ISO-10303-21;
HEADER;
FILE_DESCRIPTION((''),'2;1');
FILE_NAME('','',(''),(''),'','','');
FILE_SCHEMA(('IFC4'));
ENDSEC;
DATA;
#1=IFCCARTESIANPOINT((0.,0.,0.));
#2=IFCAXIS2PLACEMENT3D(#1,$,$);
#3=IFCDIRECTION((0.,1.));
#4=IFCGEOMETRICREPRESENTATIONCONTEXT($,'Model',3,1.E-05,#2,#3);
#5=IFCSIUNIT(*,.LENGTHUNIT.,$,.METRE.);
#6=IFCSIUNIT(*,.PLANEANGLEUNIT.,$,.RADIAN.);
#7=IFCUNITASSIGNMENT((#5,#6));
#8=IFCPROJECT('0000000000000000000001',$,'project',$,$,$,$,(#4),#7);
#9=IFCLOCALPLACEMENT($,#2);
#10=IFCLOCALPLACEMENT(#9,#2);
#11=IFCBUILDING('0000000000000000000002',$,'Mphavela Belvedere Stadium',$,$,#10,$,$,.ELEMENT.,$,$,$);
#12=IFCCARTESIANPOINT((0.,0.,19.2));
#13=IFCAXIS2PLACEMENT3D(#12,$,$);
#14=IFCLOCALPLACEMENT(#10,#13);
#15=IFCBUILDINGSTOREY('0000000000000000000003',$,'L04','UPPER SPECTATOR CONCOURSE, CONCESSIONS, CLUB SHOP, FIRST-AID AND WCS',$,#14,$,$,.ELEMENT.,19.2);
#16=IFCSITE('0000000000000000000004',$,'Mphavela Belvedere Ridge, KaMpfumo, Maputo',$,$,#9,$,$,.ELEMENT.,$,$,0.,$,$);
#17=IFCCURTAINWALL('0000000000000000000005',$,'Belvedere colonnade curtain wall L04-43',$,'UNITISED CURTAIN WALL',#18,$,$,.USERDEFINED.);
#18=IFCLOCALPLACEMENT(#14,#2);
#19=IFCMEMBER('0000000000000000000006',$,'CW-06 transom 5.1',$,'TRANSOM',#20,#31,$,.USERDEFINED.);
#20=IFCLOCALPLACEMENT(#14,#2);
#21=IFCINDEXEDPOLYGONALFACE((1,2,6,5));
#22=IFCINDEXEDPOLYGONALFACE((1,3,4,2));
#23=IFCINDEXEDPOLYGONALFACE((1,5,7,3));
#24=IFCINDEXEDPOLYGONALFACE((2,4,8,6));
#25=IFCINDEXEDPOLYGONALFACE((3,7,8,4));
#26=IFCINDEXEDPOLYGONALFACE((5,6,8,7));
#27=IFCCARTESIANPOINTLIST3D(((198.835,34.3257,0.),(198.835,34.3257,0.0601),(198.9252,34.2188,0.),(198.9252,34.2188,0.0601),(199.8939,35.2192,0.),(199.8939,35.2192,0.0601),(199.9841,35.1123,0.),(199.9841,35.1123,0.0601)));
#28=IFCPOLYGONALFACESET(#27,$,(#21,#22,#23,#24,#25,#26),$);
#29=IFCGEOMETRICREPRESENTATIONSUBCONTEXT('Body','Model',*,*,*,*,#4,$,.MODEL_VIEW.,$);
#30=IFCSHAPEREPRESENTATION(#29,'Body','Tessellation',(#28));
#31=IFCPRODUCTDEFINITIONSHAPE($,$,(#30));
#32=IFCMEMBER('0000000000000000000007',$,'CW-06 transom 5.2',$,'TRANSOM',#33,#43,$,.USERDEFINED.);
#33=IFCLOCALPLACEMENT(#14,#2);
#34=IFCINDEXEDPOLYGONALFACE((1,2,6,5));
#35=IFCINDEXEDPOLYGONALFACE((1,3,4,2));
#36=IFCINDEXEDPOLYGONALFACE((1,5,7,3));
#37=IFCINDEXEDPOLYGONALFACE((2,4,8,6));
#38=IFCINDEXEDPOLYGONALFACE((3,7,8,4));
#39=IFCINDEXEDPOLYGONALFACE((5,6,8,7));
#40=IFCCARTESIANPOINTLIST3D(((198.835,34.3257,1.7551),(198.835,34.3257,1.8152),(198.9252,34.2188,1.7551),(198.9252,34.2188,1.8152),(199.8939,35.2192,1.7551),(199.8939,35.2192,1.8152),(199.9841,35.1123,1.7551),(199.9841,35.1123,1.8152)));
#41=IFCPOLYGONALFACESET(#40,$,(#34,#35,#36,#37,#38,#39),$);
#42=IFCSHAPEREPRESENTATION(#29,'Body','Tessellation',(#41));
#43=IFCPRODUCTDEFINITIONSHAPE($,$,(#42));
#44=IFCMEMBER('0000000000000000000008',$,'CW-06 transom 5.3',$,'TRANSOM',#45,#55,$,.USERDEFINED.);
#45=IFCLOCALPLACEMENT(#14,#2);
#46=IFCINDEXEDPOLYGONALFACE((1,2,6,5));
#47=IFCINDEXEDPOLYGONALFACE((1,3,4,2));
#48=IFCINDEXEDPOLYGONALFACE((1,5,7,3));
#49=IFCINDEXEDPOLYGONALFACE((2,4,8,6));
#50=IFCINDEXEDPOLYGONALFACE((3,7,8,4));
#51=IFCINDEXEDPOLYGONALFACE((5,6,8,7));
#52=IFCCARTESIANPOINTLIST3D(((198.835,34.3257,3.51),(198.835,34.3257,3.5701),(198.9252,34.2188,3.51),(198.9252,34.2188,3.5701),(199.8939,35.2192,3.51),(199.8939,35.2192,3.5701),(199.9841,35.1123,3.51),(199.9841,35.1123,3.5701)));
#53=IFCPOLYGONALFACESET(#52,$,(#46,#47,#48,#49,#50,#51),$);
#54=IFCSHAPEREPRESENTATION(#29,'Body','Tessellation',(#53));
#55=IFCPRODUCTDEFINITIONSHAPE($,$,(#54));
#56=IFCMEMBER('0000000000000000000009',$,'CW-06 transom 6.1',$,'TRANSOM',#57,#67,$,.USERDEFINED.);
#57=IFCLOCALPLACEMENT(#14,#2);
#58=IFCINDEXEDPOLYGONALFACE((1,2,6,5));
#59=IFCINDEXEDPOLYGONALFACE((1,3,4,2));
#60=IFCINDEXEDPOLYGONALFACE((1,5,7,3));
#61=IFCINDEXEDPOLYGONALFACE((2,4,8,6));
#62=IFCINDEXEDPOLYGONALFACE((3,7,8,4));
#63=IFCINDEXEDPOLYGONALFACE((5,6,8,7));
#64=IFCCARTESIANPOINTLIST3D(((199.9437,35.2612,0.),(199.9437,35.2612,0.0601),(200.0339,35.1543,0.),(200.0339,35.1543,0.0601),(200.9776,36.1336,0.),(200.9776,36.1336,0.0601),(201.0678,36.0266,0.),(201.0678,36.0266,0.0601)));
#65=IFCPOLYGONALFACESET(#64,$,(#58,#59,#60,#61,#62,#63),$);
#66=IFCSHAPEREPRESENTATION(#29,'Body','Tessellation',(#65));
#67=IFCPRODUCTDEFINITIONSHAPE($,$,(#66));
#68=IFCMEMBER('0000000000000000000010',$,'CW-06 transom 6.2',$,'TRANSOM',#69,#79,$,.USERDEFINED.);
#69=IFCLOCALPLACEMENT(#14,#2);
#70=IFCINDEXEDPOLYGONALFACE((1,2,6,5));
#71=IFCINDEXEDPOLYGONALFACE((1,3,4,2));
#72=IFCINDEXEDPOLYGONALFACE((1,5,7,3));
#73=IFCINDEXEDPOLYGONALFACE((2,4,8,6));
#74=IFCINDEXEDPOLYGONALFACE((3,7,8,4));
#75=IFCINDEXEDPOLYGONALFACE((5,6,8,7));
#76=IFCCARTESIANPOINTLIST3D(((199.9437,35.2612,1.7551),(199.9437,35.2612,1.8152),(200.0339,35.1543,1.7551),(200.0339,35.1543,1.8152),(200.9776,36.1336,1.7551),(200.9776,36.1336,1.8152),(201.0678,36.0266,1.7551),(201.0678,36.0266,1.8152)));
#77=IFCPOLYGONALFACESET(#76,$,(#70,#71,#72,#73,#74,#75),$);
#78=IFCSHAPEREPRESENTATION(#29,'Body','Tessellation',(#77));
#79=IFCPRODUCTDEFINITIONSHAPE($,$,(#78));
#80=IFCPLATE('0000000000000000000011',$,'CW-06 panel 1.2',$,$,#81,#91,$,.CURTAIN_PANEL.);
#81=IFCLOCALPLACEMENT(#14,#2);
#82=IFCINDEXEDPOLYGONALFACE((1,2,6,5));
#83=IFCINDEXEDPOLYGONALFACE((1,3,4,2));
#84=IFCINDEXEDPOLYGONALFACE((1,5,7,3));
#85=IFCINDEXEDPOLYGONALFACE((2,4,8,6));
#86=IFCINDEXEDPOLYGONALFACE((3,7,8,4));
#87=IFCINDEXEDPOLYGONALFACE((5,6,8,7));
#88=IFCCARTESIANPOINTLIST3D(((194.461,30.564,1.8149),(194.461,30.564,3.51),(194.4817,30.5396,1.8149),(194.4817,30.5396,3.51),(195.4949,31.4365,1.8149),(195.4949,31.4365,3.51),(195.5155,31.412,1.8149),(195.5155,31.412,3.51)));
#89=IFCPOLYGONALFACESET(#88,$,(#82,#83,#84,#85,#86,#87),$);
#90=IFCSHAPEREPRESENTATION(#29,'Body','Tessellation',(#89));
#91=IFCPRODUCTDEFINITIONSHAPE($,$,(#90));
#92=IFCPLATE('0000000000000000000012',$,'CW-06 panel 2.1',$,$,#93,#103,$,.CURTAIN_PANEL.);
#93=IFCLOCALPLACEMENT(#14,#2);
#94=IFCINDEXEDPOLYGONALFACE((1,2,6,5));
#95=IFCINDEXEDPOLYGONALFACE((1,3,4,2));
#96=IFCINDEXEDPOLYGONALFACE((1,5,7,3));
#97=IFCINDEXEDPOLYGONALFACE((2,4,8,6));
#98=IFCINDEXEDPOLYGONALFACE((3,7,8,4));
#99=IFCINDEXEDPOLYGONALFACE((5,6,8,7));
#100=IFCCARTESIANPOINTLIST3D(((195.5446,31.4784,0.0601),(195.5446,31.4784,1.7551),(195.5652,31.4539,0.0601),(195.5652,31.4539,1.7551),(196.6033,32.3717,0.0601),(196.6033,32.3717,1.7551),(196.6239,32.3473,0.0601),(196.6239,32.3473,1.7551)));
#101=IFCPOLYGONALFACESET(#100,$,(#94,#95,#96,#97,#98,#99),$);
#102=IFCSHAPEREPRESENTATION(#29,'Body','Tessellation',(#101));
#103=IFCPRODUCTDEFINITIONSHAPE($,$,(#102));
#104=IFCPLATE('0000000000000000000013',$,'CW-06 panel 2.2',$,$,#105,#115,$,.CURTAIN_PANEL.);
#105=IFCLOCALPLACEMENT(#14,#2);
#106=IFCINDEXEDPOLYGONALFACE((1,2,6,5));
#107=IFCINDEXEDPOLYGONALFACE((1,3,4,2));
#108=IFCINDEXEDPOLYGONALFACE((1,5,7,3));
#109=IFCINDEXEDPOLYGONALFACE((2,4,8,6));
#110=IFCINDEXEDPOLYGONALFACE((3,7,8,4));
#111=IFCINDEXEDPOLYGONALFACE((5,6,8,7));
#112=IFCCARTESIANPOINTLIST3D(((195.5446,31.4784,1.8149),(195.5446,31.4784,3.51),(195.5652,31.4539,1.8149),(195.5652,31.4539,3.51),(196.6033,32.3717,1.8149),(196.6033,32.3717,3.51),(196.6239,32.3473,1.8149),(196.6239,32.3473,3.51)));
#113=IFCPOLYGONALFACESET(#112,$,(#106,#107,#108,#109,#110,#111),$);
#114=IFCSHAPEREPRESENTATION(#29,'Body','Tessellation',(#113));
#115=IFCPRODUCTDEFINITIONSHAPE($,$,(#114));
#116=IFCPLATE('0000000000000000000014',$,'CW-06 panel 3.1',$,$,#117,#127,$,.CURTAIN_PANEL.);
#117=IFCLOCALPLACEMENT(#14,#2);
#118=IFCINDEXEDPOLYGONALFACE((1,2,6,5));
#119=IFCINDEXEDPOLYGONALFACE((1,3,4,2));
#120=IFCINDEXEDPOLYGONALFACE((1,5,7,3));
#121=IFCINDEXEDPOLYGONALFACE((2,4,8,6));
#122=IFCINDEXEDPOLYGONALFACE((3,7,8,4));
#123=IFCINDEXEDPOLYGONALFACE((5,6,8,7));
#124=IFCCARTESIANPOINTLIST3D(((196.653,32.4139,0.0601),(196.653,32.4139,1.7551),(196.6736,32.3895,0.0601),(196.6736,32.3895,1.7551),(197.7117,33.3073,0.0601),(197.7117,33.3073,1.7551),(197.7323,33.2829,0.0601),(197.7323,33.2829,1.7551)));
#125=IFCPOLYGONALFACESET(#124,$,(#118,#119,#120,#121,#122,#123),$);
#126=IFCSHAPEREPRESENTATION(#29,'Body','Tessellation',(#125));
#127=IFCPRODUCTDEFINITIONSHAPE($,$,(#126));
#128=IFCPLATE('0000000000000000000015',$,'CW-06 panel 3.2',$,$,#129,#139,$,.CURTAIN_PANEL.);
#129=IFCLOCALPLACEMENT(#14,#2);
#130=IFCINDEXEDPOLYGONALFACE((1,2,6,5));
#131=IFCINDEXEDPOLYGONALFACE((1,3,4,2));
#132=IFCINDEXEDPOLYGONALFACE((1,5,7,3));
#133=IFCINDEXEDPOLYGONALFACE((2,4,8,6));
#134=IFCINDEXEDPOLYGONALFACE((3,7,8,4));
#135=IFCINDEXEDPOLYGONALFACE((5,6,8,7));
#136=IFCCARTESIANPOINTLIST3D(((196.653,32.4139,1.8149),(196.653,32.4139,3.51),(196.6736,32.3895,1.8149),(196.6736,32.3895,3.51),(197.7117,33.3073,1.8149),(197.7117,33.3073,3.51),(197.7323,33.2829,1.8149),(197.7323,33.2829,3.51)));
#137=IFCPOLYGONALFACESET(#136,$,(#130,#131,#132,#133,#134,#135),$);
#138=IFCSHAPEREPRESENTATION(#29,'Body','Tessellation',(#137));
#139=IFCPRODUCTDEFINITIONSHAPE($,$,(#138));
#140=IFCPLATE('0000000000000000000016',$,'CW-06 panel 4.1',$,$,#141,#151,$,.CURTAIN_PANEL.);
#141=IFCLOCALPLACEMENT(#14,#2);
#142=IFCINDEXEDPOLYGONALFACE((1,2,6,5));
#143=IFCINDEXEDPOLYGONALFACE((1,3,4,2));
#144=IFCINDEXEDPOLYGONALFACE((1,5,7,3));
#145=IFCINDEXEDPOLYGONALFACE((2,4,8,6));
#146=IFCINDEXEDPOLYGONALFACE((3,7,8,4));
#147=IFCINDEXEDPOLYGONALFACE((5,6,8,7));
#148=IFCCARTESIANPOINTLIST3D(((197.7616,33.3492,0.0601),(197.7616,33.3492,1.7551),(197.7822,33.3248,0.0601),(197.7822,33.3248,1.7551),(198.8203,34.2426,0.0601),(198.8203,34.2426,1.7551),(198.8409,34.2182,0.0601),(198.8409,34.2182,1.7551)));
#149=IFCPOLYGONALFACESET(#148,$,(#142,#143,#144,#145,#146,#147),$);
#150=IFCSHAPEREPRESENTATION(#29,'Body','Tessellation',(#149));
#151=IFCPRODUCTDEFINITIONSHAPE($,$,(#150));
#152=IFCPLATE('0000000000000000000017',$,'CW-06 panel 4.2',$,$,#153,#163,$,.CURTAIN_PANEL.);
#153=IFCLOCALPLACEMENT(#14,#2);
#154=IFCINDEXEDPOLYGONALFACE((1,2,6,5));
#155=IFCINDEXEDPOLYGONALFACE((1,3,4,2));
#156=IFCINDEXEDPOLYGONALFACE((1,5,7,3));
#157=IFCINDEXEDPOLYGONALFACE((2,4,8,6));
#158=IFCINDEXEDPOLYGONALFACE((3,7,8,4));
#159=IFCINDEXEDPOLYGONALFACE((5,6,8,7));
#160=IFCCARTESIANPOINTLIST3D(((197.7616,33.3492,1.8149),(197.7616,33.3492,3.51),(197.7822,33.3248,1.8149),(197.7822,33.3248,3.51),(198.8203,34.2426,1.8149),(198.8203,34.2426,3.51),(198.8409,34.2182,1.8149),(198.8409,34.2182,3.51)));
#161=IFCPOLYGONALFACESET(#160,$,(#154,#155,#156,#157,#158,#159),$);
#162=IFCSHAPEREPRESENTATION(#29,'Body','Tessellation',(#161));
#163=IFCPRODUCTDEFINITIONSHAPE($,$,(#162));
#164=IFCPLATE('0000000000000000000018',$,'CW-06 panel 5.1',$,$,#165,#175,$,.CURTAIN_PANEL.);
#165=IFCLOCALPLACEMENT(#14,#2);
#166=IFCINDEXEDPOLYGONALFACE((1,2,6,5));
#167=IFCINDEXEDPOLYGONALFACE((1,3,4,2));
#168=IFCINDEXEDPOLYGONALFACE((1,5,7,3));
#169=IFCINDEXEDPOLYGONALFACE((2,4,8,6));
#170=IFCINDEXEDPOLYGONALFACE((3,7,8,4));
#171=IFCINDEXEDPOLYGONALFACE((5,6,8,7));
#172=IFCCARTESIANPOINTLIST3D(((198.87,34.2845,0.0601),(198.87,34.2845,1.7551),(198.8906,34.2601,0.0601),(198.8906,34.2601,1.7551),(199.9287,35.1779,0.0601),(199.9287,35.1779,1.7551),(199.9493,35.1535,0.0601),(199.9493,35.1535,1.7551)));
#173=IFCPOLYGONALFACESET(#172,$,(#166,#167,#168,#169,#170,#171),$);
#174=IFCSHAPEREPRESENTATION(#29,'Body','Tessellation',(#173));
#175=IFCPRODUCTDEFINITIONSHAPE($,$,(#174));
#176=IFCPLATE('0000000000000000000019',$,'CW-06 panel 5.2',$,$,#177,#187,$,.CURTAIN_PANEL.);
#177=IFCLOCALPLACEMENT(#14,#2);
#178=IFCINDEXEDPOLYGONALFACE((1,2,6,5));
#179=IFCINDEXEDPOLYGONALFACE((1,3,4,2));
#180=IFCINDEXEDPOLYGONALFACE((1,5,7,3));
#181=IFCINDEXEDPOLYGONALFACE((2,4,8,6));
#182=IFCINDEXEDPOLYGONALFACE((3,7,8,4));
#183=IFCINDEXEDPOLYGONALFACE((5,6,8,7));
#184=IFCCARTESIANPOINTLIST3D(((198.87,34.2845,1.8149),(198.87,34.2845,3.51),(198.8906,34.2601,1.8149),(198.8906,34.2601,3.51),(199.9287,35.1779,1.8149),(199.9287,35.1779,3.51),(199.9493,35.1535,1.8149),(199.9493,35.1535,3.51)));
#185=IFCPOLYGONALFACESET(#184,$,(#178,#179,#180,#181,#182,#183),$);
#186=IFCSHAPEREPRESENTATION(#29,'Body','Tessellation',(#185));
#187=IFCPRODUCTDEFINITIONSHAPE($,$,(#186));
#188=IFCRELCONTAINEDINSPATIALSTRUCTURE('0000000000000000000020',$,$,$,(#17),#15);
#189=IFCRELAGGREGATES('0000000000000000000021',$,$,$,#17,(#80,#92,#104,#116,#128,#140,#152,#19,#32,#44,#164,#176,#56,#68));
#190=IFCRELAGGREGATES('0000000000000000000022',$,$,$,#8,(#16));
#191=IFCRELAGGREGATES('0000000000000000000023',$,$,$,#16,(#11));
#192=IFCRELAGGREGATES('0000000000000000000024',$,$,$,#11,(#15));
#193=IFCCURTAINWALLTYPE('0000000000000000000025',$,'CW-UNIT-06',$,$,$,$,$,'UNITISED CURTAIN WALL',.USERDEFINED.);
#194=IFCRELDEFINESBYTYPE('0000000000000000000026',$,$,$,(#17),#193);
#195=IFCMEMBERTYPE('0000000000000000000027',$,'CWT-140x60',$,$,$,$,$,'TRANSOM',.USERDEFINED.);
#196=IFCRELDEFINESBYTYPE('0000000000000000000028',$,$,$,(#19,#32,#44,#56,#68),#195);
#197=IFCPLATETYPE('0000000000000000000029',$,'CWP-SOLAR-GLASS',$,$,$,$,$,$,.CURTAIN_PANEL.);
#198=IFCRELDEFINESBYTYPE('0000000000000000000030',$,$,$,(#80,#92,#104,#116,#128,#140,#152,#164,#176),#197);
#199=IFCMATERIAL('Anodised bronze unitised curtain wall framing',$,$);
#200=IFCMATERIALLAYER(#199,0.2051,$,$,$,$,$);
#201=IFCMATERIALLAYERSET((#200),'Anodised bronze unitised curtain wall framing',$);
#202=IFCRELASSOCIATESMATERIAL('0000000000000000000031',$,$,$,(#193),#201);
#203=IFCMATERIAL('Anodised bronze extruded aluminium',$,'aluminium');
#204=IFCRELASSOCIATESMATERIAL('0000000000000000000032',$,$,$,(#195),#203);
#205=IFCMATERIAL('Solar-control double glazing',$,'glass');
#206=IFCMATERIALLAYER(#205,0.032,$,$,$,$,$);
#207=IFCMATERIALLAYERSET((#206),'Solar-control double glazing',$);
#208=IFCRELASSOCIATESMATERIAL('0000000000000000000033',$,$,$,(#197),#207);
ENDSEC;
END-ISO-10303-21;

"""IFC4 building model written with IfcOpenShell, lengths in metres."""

from ifc_helpers import new_model, si_unit, direction, frame, origin, origin_2d, place, context, subcontext, project, spatial, rectangle, extrude, material, layer, layer_set, material_profile, profile_set, type_object, element, aggregate, save


model = new_model("IFC4")

# Units and contexts
model_context = context("Model", 3, precision=1e-05, world=origin(), true_north=direction((0.0, 1.0)))
body_context = subcontext(model_context, "Body", "Model", "MODEL_VIEW")
ifc_project = project(units=[si_unit("LENGTHUNIT", "METRE"), si_unit("PLANEANGLEUNIT", "RADIAN")], contexts=[model_context])

# Site, building, storey
site_placement = place(None, origin())
site = spatial("IfcSite", under=ifc_project, at=site_placement, Name="Mphavela Belvedere Ridge, KaMpfumo, Maputo", CompositionType="ELEMENT", RefElevation=0.0)
building_placement = place(site_placement, origin())
building = spatial("IfcBuilding", under=site, at=building_placement, Name="Mphavela Belvedere Stadium", CompositionType="ELEMENT")
storey_placement = place(building_placement, frame((0.0, 0.0, 19.2)))
storey = spatial("IfcBuildingStorey", under=building, at=storey_placement, Name="L04", Description="UPPER SPECTATOR CONCOURSE, CONCESSIONS, CLUB SHOP, FIRST-AID AND WCS", CompositionType="ELEMENT", Elevation=19.2)

# Curtain wall, members, plates
ifc_material_1 = material(Name="Anodised bronze unitised curtain wall framing")
ifc_layer_1 = layer(ifc_material_1, 0.2051)
ifc_layer_set_1 = layer_set([ifc_layer_1], Name="Anodised bronze unitised curtain wall framing")
curtain_wall_type = type_object("IfcCurtainWallType", Name="CW-UNIT-06", ElementType="UNITISED CURTAIN WALL", PredefinedType="USERDEFINED", material=ifc_layer_set_1)
curtain_wall_placement = place(storey_placement, origin())
curtain_wall = element("IfcCurtainWall", 1, at=curtain_wall_placement, inside=storey, type_object=curtain_wall_type, Name="Belvedere colonnade curtain wall L04-43", ObjectType="UNITISED CURTAIN WALL", PredefinedType="USERDEFINED")
ifc_material_2 = material(Name="Anodised bronze extruded aluminium", Category="aluminium")
ifc_material_profile_1 = material_profile(ifc_material_2, rectangle(XDim=0.1399, YDim=0.0601, at=origin_2d()), Name="CW-TRN 140x60")
ifc_profile_set_1 = profile_set([ifc_material_profile_1], Name="Anodised bronze extruded aluminium")
member_type_1 = type_object("IfcMemberType", Name="CWT-140x60", ElementType="TRANSOM", PredefinedType="USERDEFINED", material=ifc_profile_set_1)
member_1_placement = place(storey_placement, frame((198.8801, 34.2722, 0.03), z_axis=(0.764234, 0.644938, 0.0), x_axis=(-0.644938, 0.764234, 0.0)))
member_1 = element("IfcMember", 2, at=member_1_placement, type_object=member_type_1, Name="CW-06 transom 5.1", ObjectType="TRANSOM", PredefinedType="USERDEFINED", context=body_context, shape_type="SweptSolid", body=[
    extrude(rectangle(XDim=0.1399, YDim=0.0601, at=origin_2d()), origin(), (0.0, 0.0, 1.0), 1.3855),
])
member_2_placement = place(storey_placement, frame((198.8801, 34.2722, 1.7852), z_axis=(0.764234, 0.644938, 0.0), x_axis=(-0.644938, 0.764234, 0.0)))
member_2 = element("IfcMember", 3, at=member_2_placement, type_object=member_type_1, Name="CW-06 transom 5.2", ObjectType="TRANSOM", PredefinedType="USERDEFINED", context=body_context, shape_type="SweptSolid", body=[
    extrude(rectangle(XDim=0.1399, YDim=0.0601, at=origin_2d()), origin(), (0.0, 0.0, 1.0), 1.3855),
])
member_3_placement = place(storey_placement, frame((198.8801, 34.2722, 3.54), z_axis=(0.764234, 0.644938, 0.0), x_axis=(-0.644938, 0.764234, 0.0)))
member_3 = element("IfcMember", 4, at=member_3_placement, type_object=member_type_1, Name="CW-06 transom 5.3", ObjectType="TRANSOM", PredefinedType="USERDEFINED", context=body_context, shape_type="SweptSolid", body=[
    extrude(rectangle(XDim=0.1399, YDim=0.0601, at=origin_2d()), origin(), (0.0, 0.0, 1.0), 1.3855),
])
member_4_placement = place(storey_placement, frame((199.9888, 35.2078, 0.03), z_axis=(0.764317, 0.644841, 0.0), x_axis=(-0.644841, 0.764317, 0.0)))
member_4 = element("IfcMember", 5, at=member_4_placement, type_object=member_type_1, Name="CW-06 transom 6.1", ObjectType="TRANSOM", PredefinedType="USERDEFINED", context=body_context, shape_type="SweptSolid", body=[
    extrude(rectangle(XDim=0.1399, YDim=0.0601, at=origin_2d()), origin(), (0.0, 0.0, 1.0), 1.3528),
])
member_5_placement = place(storey_placement, frame((199.9888, 35.2078, 1.7852), z_axis=(0.764317, 0.644841, 0.0), x_axis=(-0.644841, 0.764317, 0.0)))
member_5 = element("IfcMember", 6, at=member_5_placement, type_object=member_type_1, Name="CW-06 transom 6.2", ObjectType="TRANSOM", PredefinedType="USERDEFINED", context=body_context, shape_type="SweptSolid", body=[
    extrude(rectangle(XDim=0.1399, YDim=0.0601, at=origin_2d()), origin(), (0.0, 0.0, 1.0), 1.3528),
])
ifc_material_3 = material(Name="Solar-control double glazing", Category="glass")
ifc_layer_2 = layer(ifc_material_3, 0.032)
ifc_layer_set_2 = layer_set([ifc_layer_2], Name="Solar-control double glazing")
plate_type = type_object("IfcPlateType", Name="CWP-SOLAR-GLASS", PredefinedType="CURTAIN_PANEL", material=ifc_layer_set_2)
plate_1_placement = place(storey_placement, frame((194.9883, 30.988, 1.8149), z_axis=(0.0, 0.0, 1.0), x_axis=(0.764253, 0.644916, 0.0)))
plate_1 = element("IfcPlate", 7, at=plate_1_placement, type_object=plate_type, Name="CW-06 panel 1.2", PredefinedType="CURTAIN_PANEL", context=body_context, shape_type="SweptSolid", body=[
    extrude(rectangle(XDim=1.3528, YDim=0.032, at=origin_2d()), origin(), (0.0, 0.0, 1.0), 1.6951),
])
plate_2_placement = place(storey_placement, frame((196.0842, 31.9128, 0.0601), z_axis=(0.0, 0.0, 1.0), x_axis=(0.764253, 0.644916, 0.0)))
plate_2 = element("IfcPlate", 8, at=plate_2_placement, type_object=plate_type, Name="CW-06 panel 2.1", PredefinedType="CURTAIN_PANEL", context=body_context, shape_type="SweptSolid", body=[
    extrude(rectangle(XDim=1.3853, YDim=0.032, at=origin_2d()), origin(), (0.0, 0.0, 1.0), 1.6951),
])
plate_3_placement = place(storey_placement, frame((196.0842, 31.9128, 1.8149), z_axis=(0.0, 0.0, 1.0), x_axis=(0.764253, 0.644916, 0.0)))
plate_3 = element("IfcPlate", 9, at=plate_3_placement, type_object=plate_type, Name="CW-06 panel 2.2", PredefinedType="CURTAIN_PANEL", context=body_context, shape_type="SweptSolid", body=[
    extrude(rectangle(XDim=1.3853, YDim=0.032, at=origin_2d()), origin(), (0.0, 0.0, 1.0), 1.6951),
])
plate_4_placement = place(storey_placement, frame((197.1926, 32.8484, 0.0601), z_axis=(0.0, 0.0, 1.0), x_axis=(0.764253, 0.644916, 0.0)))
plate_4 = element("IfcPlate", 10, at=plate_4_placement, type_object=plate_type, Name="CW-06 panel 3.1", PredefinedType="CURTAIN_PANEL", context=body_context, shape_type="SweptSolid", body=[
    extrude(rectangle(XDim=1.3853, YDim=0.032, at=origin_2d()), origin(), (0.0, 0.0, 1.0), 1.6951),
])
plate_5_placement = place(storey_placement, frame((197.1926, 32.8484, 1.8149), z_axis=(0.0, 0.0, 1.0), x_axis=(0.764253, 0.644916, 0.0)))
plate_5 = element("IfcPlate", 11, at=plate_5_placement, type_object=plate_type, Name="CW-06 panel 3.2", PredefinedType="CURTAIN_PANEL", context=body_context, shape_type="SweptSolid", body=[
    extrude(rectangle(XDim=1.3853, YDim=0.032, at=origin_2d()), origin(), (0.0, 0.0, 1.0), 1.6951),
])
plate_6_placement = place(storey_placement, frame((198.3013, 33.7837, 0.0601), z_axis=(0.0, 0.0, 1.0), x_axis=(0.764253, 0.644916, 0.0)))
plate_6 = element("IfcPlate", 12, at=plate_6_placement, type_object=plate_type, Name="CW-06 panel 4.1", PredefinedType="CURTAIN_PANEL", context=body_context, shape_type="SweptSolid", body=[
    extrude(rectangle(XDim=1.3853, YDim=0.032, at=origin_2d()), origin(), (0.0, 0.0, 1.0), 1.6951),
])
plate_7_placement = place(storey_placement, frame((198.3013, 33.7837, 1.8149), z_axis=(0.0, 0.0, 1.0), x_axis=(0.764253, 0.644916, 0.0)))
plate_7 = element("IfcPlate", 13, at=plate_7_placement, type_object=plate_type, Name="CW-06 panel 4.2", PredefinedType="CURTAIN_PANEL", context=body_context, shape_type="SweptSolid", body=[
    extrude(rectangle(XDim=1.3853, YDim=0.032, at=origin_2d()), origin(), (0.0, 0.0, 1.0), 1.6951),
])
plate_8_placement = place(storey_placement, frame((199.4097, 34.719, 0.0601), z_axis=(0.0, 0.0, 1.0), x_axis=(0.764253, 0.644916, 0.0)))
plate_8 = element("IfcPlate", 14, at=plate_8_placement, type_object=plate_type, Name="CW-06 panel 5.1", PredefinedType="CURTAIN_PANEL", context=body_context, shape_type="SweptSolid", body=[
    extrude(rectangle(XDim=1.3853, YDim=0.032, at=origin_2d()), origin(), (0.0, 0.0, 1.0), 1.6951),
])
plate_9_placement = place(storey_placement, frame((199.4097, 34.719, 1.8149), z_axis=(0.0, 0.0, 1.0), x_axis=(0.764253, 0.644916, 0.0)))
plate_9 = element("IfcPlate", 15, at=plate_9_placement, type_object=plate_type, Name="CW-06 panel 5.2", PredefinedType="CURTAIN_PANEL", context=body_context, shape_type="SweptSolid", body=[
    extrude(rectangle(XDim=1.3853, YDim=0.032, at=origin_2d()), origin(), (0.0, 0.0, 1.0), 1.6951),
])
aggregate(curtain_wall, [plate_1, plate_2, plate_3, plate_4, plate_5, plate_6, plate_7, member_1, member_2, member_3, plate_8, plate_9, member_4, member_5])

save(model, "model.ifc")
